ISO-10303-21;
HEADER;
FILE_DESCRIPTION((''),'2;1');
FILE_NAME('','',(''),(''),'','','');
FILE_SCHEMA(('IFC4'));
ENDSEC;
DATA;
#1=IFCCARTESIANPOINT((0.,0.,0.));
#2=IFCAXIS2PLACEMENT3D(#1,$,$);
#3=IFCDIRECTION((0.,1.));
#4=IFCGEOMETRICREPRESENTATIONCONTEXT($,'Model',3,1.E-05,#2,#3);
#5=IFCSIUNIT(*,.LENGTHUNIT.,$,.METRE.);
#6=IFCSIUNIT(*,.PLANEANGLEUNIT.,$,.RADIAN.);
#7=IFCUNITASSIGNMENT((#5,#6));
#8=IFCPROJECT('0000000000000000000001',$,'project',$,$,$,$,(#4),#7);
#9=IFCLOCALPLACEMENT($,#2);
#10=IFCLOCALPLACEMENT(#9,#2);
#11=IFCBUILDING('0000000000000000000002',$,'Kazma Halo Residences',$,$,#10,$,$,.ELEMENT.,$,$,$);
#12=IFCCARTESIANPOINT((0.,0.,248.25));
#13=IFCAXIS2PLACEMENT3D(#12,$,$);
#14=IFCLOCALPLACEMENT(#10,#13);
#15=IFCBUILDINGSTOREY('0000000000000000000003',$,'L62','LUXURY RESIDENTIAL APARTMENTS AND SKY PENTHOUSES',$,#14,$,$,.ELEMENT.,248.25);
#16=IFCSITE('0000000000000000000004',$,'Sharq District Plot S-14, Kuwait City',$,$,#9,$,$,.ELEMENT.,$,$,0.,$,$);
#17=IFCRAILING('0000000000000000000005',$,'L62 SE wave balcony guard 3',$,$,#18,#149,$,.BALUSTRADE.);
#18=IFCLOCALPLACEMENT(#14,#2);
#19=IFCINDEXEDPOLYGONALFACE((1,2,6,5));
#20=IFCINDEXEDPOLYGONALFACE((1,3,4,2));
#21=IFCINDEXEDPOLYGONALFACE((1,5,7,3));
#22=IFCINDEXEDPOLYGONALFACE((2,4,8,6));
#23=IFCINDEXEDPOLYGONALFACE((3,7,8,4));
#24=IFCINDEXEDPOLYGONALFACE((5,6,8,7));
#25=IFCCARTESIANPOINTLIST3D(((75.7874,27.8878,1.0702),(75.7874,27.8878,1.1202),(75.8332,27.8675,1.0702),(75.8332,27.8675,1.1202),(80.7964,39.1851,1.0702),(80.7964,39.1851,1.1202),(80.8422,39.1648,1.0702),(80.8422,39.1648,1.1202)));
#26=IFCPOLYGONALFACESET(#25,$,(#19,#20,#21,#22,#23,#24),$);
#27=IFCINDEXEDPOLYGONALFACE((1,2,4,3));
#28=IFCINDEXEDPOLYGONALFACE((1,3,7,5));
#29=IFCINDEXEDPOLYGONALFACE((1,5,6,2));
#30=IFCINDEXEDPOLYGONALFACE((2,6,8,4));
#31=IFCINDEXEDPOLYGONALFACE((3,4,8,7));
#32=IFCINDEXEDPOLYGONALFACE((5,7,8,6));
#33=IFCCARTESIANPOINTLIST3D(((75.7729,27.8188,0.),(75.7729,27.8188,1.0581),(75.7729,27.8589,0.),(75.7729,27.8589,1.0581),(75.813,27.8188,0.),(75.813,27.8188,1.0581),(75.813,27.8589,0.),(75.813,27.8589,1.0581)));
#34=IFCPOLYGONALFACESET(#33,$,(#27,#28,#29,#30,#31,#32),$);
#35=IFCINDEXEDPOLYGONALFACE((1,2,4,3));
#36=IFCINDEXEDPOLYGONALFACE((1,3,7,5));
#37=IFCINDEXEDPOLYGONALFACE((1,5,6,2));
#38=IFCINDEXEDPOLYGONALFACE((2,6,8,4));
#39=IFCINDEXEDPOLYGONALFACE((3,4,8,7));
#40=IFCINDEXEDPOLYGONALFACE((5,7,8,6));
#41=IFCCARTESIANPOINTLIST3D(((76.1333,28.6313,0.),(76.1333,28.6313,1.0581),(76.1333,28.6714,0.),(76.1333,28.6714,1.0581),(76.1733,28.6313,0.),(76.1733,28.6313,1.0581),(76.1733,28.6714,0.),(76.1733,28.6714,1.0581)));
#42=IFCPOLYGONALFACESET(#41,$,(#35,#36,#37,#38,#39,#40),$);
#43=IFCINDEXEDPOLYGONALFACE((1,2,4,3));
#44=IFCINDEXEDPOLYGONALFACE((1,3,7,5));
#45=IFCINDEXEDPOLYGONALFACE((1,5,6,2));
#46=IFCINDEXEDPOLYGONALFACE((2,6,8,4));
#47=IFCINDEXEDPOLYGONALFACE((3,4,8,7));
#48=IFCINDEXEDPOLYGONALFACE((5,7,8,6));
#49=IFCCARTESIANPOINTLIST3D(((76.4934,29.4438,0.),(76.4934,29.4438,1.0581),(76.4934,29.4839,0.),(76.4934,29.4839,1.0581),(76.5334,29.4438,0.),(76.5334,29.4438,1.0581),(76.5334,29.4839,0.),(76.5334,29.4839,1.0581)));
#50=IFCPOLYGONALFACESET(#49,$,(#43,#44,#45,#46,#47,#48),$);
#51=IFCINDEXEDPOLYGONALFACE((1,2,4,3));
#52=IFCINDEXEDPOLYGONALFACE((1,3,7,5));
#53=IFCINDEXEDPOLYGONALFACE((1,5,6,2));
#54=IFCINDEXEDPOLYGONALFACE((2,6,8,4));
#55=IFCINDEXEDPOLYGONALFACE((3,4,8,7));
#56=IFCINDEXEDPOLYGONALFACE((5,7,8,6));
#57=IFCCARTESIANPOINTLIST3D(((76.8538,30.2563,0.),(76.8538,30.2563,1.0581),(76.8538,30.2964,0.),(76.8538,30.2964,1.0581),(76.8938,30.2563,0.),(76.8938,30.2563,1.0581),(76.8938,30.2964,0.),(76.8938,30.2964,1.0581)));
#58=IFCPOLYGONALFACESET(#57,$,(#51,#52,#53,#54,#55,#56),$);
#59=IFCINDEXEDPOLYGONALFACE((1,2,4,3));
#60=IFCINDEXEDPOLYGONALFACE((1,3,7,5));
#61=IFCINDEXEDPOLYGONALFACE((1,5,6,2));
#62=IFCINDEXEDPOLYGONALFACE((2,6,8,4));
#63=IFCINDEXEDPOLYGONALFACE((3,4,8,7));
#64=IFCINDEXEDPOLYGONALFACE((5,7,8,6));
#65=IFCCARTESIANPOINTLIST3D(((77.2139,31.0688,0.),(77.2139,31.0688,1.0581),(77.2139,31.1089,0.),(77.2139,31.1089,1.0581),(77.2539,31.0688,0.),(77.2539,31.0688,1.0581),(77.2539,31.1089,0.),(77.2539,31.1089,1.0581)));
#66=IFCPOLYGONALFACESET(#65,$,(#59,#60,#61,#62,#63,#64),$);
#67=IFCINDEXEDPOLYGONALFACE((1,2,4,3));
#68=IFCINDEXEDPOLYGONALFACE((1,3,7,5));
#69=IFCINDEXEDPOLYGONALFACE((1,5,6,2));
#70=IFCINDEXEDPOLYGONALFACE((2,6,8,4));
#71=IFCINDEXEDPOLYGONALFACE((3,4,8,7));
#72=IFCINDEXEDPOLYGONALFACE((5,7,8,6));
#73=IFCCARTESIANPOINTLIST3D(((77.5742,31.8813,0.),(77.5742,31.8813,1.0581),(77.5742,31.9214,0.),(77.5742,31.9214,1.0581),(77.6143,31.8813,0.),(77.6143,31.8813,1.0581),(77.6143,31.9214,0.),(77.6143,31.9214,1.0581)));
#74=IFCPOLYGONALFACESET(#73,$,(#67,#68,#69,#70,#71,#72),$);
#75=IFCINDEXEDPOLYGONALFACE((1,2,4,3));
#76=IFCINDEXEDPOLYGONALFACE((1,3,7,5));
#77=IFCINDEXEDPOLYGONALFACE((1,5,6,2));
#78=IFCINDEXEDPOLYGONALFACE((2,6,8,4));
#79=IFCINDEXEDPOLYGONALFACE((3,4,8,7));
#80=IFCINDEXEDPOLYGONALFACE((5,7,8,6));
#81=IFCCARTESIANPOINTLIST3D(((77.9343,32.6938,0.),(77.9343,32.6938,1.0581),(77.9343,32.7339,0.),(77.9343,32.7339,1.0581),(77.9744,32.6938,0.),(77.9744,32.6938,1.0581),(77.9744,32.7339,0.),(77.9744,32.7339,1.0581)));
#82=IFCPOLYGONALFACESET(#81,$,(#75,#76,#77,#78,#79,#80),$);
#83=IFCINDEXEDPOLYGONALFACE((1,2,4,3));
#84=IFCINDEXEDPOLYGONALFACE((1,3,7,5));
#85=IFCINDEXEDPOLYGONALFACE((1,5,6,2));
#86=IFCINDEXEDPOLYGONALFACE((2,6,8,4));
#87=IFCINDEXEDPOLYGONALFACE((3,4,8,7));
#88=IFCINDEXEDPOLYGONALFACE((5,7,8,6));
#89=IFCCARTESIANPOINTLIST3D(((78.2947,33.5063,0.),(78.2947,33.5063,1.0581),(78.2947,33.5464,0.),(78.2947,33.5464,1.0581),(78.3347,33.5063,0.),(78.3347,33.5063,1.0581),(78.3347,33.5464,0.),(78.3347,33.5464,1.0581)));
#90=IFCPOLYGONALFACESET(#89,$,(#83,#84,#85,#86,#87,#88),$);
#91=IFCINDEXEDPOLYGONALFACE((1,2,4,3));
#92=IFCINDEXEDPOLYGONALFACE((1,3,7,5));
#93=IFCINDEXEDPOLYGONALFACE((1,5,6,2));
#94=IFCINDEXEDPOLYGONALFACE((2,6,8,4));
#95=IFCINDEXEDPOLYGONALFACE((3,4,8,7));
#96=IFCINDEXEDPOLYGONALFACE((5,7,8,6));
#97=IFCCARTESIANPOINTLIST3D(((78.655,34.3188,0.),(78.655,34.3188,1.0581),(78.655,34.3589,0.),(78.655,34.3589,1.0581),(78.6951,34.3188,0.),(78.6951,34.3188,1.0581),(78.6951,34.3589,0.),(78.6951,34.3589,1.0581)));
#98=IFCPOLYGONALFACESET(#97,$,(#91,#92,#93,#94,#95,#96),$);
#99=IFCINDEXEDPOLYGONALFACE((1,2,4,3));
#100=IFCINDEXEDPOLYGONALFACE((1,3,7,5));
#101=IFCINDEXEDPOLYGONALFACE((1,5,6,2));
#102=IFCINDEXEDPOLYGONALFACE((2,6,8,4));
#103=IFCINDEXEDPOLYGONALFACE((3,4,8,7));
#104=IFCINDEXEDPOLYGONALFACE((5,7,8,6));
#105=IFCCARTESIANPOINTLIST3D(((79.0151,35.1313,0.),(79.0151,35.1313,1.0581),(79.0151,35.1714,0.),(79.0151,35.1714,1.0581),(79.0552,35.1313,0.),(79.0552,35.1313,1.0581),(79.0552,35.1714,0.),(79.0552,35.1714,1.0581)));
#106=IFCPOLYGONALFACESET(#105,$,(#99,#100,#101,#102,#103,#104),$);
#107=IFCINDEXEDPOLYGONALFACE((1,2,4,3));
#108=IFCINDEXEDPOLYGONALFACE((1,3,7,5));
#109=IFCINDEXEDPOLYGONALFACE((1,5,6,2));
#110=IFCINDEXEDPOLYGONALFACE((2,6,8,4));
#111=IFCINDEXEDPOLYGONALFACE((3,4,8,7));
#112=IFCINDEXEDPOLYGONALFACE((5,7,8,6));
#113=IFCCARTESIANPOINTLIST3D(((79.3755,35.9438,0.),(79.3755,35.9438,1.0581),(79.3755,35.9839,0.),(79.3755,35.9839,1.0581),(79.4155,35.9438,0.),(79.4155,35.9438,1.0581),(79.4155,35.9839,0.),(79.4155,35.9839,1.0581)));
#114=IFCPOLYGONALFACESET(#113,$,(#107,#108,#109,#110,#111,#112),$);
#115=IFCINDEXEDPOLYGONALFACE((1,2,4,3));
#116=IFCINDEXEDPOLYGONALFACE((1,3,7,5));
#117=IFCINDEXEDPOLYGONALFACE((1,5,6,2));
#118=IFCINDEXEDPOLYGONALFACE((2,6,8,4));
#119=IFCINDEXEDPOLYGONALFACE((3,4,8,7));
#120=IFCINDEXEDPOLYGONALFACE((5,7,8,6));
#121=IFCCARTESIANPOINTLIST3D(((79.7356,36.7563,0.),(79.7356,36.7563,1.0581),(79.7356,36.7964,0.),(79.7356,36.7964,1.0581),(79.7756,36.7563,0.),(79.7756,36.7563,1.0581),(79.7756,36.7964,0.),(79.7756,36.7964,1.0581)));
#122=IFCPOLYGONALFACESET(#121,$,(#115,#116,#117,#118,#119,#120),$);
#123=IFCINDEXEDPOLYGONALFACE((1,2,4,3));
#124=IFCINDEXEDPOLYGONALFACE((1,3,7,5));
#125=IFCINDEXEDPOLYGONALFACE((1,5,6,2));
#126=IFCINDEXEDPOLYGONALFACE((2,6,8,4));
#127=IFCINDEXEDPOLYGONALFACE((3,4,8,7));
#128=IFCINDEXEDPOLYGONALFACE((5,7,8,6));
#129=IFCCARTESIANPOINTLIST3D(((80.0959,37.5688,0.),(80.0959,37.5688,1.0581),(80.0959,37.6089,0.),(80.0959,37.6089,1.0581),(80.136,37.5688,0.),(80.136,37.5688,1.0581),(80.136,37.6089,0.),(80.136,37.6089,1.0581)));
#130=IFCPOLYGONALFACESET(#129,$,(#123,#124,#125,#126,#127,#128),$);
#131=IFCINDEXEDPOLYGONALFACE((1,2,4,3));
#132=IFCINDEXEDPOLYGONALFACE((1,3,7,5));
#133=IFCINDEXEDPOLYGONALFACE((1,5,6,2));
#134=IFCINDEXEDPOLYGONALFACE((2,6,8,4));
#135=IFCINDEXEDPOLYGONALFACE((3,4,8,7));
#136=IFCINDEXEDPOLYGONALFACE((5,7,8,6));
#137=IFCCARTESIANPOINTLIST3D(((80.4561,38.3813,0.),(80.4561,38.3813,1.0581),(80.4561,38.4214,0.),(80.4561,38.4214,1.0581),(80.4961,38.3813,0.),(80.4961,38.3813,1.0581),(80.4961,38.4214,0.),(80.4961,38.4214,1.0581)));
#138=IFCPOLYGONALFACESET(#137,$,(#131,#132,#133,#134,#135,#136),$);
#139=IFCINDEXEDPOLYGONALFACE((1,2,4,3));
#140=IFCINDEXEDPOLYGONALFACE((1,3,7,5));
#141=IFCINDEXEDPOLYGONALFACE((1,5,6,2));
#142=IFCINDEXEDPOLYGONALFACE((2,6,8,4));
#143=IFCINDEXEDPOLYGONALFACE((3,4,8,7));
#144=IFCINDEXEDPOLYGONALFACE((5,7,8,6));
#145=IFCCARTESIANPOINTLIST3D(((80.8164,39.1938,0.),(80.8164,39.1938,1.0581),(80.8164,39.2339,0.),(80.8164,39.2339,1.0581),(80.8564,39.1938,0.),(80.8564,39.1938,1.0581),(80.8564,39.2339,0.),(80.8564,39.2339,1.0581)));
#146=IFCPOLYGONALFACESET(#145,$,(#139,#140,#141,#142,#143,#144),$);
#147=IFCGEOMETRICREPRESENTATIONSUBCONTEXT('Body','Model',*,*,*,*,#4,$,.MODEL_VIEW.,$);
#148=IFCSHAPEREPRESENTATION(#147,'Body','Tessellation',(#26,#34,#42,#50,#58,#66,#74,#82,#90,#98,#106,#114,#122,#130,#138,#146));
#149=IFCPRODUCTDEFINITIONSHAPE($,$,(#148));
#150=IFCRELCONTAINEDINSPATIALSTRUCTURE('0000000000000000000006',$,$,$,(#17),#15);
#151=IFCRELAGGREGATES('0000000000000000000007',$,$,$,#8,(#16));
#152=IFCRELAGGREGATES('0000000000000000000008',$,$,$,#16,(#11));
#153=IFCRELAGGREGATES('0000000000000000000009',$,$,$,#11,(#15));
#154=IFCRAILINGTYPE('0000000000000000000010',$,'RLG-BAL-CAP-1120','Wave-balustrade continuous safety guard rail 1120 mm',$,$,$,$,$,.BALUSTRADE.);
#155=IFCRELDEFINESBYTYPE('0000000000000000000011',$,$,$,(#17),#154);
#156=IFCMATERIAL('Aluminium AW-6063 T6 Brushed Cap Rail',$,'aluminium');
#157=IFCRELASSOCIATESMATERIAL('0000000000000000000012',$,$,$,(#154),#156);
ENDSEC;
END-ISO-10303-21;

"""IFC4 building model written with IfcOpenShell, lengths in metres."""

from ifc_helpers import new_model, si_unit, direction, frame, origin, origin_2d, place, context, subcontext, project, spatial, rectangle, extrude, material, type_object, element, save


model = new_model("IFC4")

# Units and contexts
model_context = context("Model", 3, precision=1e-05, world=origin(), true_north=direction((0.0, 1.0)))
body_context = subcontext(model_context, "Body", "Model", "MODEL_VIEW")
ifc_project = project(units=[si_unit("LENGTHUNIT", "METRE"), si_unit("PLANEANGLEUNIT", "RADIAN")], contexts=[model_context])

# Site, building, storey
site_placement = place(None, origin())
site = spatial("IfcSite", under=ifc_project, at=site_placement, Name="Sharq District Plot S-14, Kuwait City", CompositionType="ELEMENT", RefElevation=0.0)
building_placement = place(site_placement, origin())
building = spatial("IfcBuilding", under=site, at=building_placement, Name="Kazma Halo Residences", CompositionType="ELEMENT")
storey_placement = place(building_placement, frame((0.0, 0.0, 248.25)))
storey = spatial("IfcBuildingStorey", under=building, at=storey_placement, Name="L62", Description="LUXURY RESIDENTIAL APARTMENTS AND SKY PENTHOUSES", CompositionType="ELEMENT", Elevation=248.25)

# Railing
ifc_material_1 = material(Name="Aluminium AW-6063 T6 Brushed Cap Rail", Category="aluminium")
railing_type = type_object("IfcRailingType", Name="RLG-BAL-CAP-1120", Description="Wave-balustrade continuous safety guard rail 1120 mm", PredefinedType="BALUSTRADE", material=ifc_material_1)
railing_1_placement = place(storey_placement, frame((75.793, 27.8389, 0.0)))
element("IfcRailing", 1, at=railing_1_placement, inside=storey, type_object=railing_type, Name="L62 SE wave balcony guard 3", PredefinedType="BALUSTRADE", context=body_context, shape_type="SweptSolid", body=[
    extrude(rectangle(XDim=0.05, YDim=0.05, at=origin_2d()), frame((0.0173, 0.0388, 1.0952), z_axis=(0.405326, 0.914172, 0.0), x_axis=(-0.914172, 0.405326, 0.0)), (0.0, 0.0, 1.0), 12.3579),
    extrude(rectangle(XDim=0.04, YDim=0.04, at=origin_2d()), origin(), (0.0, 0.0, 1.0), 1.0581),
    extrude(rectangle(XDim=0.04, YDim=0.04, at=origin_2d()), frame((0.3604, 0.8125, 0.0)), (0.0, 0.0, 1.0), 1.0581),
    extrude(rectangle(XDim=0.04, YDim=0.04, at=origin_2d()), frame((0.7205, 1.625, 0.0)), (0.0, 0.0, 1.0), 1.0581),
    extrude(rectangle(XDim=0.04, YDim=0.04, at=origin_2d()), frame((1.0808, 2.4375, 0.0)), (0.0, 0.0, 1.0), 1.0581),
    extrude(rectangle(XDim=0.04, YDim=0.04, at=origin_2d()), frame((1.4409, 3.25, 0.0)), (0.0, 0.0, 1.0), 1.0581),
    extrude(rectangle(XDim=0.04, YDim=0.04, at=origin_2d()), frame((1.8013, 4.0625, 0.0)), (0.0, 0.0, 1.0), 1.0581),
    extrude(rectangle(XDim=0.04, YDim=0.04, at=origin_2d()), frame((2.1614, 4.875, 0.0)), (0.0, 0.0, 1.0), 1.0581),
    extrude(rectangle(XDim=0.04, YDim=0.04, at=origin_2d()), frame((2.5217, 5.6875, 0.0)), (0.0, 0.0, 1.0), 1.0581),
    extrude(rectangle(XDim=0.04, YDim=0.04, at=origin_2d()), frame((2.8821, 6.5, 0.0)), (0.0, 0.0, 1.0), 1.0581),
    extrude(rectangle(XDim=0.04, YDim=0.04, at=origin_2d()), frame((3.2422, 7.3125, 0.0)), (0.0, 0.0, 1.0), 1.0581),
    extrude(rectangle(XDim=0.04, YDim=0.04, at=origin_2d()), frame((3.6025, 8.125, 0.0)), (0.0, 0.0, 1.0), 1.0581),
    extrude(rectangle(XDim=0.04, YDim=0.04, at=origin_2d()), frame((3.9626, 8.9375, 0.0)), (0.0, 0.0, 1.0), 1.0581),
    extrude(rectangle(XDim=0.04, YDim=0.04, at=origin_2d()), frame((4.323, 9.75, 0.0)), (0.0, 0.0, 1.0), 1.0581),
    extrude(rectangle(XDim=0.04, YDim=0.04, at=origin_2d()), frame((4.6831, 10.5625, 0.0)), (0.0, 0.0, 1.0), 1.0581),
    extrude(rectangle(XDim=0.04, YDim=0.04, at=origin_2d()), frame((5.0435, 11.375, 0.0)), (0.0, 0.0, 1.0), 1.0581),
])

save(model, "model.ifc")
